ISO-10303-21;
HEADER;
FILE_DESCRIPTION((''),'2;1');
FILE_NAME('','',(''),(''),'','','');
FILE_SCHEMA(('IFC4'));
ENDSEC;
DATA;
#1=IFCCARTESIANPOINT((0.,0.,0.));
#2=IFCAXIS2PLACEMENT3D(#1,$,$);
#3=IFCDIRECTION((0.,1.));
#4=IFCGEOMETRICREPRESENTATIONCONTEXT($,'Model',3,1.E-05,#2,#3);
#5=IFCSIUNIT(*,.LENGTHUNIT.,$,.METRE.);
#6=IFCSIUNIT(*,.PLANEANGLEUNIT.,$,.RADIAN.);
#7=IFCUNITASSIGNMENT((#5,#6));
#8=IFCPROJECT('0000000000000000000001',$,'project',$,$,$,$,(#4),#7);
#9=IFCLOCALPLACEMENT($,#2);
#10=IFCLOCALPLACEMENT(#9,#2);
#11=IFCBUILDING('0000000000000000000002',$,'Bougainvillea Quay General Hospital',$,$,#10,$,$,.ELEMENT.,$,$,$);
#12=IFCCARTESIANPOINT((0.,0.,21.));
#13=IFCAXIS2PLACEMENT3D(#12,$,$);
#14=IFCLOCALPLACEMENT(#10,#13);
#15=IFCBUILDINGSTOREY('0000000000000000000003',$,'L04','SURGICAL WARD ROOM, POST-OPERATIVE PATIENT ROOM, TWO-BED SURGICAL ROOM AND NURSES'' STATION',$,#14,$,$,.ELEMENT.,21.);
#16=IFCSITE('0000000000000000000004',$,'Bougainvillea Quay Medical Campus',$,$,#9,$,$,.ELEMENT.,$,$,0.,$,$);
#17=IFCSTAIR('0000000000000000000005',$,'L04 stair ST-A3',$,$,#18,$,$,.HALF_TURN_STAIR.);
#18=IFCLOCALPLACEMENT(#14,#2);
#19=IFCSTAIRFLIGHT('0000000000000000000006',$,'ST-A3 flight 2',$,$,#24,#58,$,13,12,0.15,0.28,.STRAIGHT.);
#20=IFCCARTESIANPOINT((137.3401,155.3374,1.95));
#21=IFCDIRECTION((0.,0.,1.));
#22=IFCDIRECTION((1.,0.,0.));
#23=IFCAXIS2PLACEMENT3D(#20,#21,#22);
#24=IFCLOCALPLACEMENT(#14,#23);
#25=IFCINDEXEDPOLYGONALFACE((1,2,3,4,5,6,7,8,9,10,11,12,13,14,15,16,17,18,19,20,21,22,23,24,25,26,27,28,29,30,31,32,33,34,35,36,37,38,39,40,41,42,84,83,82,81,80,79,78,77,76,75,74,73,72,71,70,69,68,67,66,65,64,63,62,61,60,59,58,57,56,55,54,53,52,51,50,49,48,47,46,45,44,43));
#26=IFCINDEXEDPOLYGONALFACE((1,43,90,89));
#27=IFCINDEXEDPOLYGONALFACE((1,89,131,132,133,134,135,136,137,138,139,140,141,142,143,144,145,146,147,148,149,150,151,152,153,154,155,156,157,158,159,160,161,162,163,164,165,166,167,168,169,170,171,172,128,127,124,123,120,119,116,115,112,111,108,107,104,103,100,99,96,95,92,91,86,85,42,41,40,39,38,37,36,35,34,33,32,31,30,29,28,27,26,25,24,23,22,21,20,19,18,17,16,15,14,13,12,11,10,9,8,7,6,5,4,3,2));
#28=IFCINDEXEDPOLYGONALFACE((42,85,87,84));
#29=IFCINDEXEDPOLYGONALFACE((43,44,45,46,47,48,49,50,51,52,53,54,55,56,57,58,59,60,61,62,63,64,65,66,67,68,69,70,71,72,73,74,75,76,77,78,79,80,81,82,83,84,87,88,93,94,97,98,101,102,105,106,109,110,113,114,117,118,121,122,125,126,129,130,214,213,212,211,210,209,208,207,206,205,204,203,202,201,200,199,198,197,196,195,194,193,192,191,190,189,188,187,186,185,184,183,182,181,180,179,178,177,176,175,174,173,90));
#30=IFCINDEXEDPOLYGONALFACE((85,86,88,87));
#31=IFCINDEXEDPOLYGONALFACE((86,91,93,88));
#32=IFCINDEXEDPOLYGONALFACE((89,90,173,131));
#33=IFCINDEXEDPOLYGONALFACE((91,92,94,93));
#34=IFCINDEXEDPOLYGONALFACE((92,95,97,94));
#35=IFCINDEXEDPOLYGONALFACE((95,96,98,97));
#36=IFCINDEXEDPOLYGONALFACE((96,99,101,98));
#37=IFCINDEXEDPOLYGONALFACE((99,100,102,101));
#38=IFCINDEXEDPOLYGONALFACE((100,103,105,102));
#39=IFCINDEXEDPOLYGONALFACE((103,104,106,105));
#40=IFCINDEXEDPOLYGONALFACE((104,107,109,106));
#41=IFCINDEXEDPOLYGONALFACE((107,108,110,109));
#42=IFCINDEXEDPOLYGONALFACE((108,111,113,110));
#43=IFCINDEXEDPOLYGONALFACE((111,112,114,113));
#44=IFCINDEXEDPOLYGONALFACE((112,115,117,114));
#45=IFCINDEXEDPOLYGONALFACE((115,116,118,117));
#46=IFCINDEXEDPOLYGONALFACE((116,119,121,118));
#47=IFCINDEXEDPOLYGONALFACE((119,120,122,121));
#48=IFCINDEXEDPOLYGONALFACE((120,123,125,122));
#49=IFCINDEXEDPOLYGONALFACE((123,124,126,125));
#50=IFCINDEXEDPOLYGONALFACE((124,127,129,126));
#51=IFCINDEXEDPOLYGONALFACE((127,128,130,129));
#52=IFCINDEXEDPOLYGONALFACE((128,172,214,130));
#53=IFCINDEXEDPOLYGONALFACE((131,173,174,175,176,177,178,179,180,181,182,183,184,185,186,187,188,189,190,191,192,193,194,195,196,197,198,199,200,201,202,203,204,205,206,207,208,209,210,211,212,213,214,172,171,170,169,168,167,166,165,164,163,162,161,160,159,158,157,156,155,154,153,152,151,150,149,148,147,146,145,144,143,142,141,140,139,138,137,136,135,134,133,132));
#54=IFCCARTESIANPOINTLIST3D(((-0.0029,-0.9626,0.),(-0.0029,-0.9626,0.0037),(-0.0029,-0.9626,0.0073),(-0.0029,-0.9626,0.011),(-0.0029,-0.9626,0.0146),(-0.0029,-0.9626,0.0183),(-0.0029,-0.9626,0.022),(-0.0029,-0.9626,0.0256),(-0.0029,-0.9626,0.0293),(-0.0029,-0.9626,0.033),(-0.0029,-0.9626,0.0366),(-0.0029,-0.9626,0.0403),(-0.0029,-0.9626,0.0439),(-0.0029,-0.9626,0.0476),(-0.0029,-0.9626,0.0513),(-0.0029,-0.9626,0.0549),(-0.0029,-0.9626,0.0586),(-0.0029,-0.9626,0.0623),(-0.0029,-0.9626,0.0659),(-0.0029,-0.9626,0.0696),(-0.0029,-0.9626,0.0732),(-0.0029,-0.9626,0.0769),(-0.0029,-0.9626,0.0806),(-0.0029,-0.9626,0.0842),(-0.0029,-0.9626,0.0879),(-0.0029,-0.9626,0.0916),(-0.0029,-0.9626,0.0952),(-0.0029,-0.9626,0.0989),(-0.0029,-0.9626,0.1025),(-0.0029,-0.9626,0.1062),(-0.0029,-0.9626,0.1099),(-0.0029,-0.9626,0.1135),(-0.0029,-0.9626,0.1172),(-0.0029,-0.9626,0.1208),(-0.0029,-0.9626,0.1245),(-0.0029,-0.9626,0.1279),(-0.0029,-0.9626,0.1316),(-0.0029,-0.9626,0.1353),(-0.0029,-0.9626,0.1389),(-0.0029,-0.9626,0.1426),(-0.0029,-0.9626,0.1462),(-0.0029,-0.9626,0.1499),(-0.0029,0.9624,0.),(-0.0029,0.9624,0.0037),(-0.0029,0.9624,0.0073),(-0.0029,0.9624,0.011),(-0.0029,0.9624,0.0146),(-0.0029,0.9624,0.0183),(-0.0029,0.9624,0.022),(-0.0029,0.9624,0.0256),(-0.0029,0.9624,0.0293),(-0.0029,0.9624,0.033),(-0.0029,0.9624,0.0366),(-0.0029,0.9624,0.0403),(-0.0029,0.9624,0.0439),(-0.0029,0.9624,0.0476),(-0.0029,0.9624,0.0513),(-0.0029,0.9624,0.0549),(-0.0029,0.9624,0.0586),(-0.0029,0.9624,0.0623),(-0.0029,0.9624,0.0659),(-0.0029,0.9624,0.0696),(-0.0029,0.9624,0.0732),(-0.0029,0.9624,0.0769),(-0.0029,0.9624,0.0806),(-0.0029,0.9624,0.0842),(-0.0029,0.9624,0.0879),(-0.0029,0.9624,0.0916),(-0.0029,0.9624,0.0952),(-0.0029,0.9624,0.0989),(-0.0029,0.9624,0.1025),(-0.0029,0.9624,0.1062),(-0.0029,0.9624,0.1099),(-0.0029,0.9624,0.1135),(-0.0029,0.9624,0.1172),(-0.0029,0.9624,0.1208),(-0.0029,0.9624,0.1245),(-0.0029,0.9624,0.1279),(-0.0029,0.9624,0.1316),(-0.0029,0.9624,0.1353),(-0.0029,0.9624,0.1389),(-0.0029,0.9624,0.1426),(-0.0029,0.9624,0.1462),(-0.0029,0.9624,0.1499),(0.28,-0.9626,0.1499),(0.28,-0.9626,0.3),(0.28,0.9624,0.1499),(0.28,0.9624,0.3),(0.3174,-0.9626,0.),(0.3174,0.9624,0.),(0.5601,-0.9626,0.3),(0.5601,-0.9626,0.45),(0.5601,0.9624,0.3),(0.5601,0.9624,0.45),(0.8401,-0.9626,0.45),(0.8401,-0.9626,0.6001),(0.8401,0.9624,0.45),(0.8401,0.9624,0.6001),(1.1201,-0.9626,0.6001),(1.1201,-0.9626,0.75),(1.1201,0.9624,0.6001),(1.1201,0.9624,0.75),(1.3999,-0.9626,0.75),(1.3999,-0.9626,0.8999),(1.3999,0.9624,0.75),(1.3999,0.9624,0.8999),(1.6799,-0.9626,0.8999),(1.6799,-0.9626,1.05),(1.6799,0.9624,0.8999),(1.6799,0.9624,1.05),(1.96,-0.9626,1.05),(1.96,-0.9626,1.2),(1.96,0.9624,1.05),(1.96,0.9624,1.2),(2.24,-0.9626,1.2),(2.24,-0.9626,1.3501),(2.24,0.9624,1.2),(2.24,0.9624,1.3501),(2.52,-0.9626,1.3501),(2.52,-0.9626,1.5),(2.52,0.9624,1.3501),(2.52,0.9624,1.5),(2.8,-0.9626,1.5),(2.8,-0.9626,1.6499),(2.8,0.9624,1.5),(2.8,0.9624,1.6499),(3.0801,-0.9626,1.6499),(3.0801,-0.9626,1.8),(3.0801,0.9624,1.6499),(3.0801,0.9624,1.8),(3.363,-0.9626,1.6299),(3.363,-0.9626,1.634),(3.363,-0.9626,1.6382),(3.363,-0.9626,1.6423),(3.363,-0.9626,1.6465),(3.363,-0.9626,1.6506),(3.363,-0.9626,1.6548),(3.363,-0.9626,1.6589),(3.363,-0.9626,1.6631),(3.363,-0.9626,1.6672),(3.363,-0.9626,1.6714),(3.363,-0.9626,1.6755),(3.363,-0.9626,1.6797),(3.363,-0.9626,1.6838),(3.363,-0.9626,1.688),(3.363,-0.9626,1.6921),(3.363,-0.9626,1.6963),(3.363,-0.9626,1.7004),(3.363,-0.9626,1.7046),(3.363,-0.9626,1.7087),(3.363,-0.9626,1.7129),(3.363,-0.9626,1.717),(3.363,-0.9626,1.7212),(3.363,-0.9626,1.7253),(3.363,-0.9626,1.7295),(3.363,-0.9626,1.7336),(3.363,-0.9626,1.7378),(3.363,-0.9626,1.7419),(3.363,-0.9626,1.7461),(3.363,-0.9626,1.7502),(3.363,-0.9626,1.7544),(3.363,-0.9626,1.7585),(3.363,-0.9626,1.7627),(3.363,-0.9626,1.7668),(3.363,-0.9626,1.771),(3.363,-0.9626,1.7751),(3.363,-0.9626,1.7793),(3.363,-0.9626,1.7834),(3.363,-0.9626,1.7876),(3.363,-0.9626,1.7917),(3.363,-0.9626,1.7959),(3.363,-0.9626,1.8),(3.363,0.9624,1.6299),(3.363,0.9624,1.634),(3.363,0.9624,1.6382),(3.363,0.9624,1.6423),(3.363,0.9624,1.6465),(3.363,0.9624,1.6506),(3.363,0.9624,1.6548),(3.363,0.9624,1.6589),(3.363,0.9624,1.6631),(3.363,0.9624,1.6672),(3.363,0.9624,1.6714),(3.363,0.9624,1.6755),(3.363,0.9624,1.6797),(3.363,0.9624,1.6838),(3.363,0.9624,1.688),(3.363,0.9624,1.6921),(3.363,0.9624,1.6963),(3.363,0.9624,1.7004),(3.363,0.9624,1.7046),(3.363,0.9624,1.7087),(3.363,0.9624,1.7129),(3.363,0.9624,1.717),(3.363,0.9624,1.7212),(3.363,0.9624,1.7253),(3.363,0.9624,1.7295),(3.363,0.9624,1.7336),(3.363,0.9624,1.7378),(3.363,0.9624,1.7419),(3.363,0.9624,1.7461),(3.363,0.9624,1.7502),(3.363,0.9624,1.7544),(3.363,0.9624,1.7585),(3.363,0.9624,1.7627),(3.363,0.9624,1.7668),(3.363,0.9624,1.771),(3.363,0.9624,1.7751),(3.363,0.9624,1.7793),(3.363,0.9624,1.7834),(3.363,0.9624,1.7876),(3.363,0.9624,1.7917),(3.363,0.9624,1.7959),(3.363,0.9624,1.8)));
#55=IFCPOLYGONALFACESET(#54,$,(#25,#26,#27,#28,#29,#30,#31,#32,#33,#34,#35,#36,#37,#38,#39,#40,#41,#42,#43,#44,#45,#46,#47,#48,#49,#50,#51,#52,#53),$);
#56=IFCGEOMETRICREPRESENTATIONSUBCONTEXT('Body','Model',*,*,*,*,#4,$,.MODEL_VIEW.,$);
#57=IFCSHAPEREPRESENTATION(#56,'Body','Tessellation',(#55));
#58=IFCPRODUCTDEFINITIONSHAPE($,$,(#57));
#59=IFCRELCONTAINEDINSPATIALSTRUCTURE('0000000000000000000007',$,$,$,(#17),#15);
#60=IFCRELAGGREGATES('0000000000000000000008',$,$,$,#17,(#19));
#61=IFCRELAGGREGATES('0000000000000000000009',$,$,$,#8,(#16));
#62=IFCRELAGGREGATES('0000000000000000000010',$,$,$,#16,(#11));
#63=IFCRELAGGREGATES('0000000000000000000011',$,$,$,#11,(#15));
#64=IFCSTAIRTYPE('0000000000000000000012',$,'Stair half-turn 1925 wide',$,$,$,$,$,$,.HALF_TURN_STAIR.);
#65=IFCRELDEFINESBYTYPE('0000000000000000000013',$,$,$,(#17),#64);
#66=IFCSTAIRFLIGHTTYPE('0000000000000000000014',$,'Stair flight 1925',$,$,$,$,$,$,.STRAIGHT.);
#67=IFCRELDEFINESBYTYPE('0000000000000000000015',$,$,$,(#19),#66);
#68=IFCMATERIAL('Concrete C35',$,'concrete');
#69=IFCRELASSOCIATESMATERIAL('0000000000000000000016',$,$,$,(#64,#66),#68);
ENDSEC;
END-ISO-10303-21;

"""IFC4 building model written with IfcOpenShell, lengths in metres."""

from ifc_helpers import new_model, si_unit, direction, frame, origin, place, context, subcontext, project, spatial, polyline, outline, extrude, material, type_object, element, aggregate, save


model = new_model("IFC4")

# Units and contexts
model_context = context("Model", 3, precision=1e-05, world=origin(), true_north=direction((0.0, 1.0)))
body_context = subcontext(model_context, "Body", "Model", "MODEL_VIEW")
ifc_project = project(units=[si_unit("LENGTHUNIT", "METRE"), si_unit("PLANEANGLEUNIT", "RADIAN")], contexts=[model_context])

# Site, building, storey
site_placement = place(None, origin())
site = spatial("IfcSite", under=ifc_project, at=site_placement, Name="Bougainvillea Quay Medical Campus", CompositionType="ELEMENT", RefElevation=0.0)
building_placement = place(site_placement, origin())
building = spatial("IfcBuilding", under=site, at=building_placement, Name="Bougainvillea Quay General Hospital", CompositionType="ELEMENT")
storey_placement = place(building_placement, frame((0.0, 0.0, 21.0)))
storey = spatial("IfcBuildingStorey", under=building, at=storey_placement, Name="L04", Description="SURGICAL WARD ROOM, POST-OPERATIVE PATIENT ROOM, TWO-BED SURGICAL ROOM AND NURSES' STATION", CompositionType="ELEMENT", Elevation=21.0)

# Stair, stair flight
ifc_material_1 = material(Name="Concrete C35", Category="concrete")
stair_type = type_object("IfcStairType", Name="Stair half-turn 1925 wide", PredefinedType="HALF_TURN_STAIR", material=ifc_material_1)
stair_placement = place(storey_placement, origin())
stair = element("IfcStair", 1, at=stair_placement, inside=storey, type_object=stair_type, Name="L04 stair ST-A3", PredefinedType="HALF_TURN_STAIR")
stair_flight_type = type_object("IfcStairFlightType", Name="Stair flight 1925", PredefinedType="STRAIGHT", material=ifc_material_1)
stair_flight_1_placement = place(storey_placement, frame((137.3401, 155.3374, 1.95), z_axis=(0.0, 0.0, 1.0), x_axis=(1.0, 0.0, 0.0)))
stair_flight_1 = element("IfcStairFlight", 2, at=stair_flight_1_placement, type_object=stair_flight_type, Name="ST-A3 flight 2", NumberOfRisers=13, NumberOfTreads=12, PredefinedType="STRAIGHT", RiserHeight=0.15, TreadLength=0.28, context=body_context, shape_type="SweptSolid", body=[
    extrude(outline(polyline([(-0.0029, 0.0), (-0.0029, 0.0037), (-0.0029, 0.0073), (-0.0029, 0.011), (-0.0029, 0.0146), (-0.0029, 0.0183), (-0.0029, 0.022), (-0.0029, 0.0256), (-0.0029, 0.0293), (-0.0029, 0.033), (-0.0029, 0.0366), (-0.0029, 0.0403), (-0.0029, 0.0439), (-0.0029, 0.0476), (-0.0029, 0.0513), (-0.0029, 0.0549), (-0.0029, 0.0586), (-0.0029, 0.0623), (-0.0029, 0.0659), (-0.0029, 0.0696), (-0.0029, 0.0732), (-0.0029, 0.0769), (-0.0029, 0.0806), (-0.0029, 0.0842), (-0.0029, 0.0879), (-0.0029, 0.0916), (-0.0029, 0.0952), (-0.0029, 0.0989), (-0.0029, 0.1025), (-0.0029, 0.1062), (-0.0029, 0.1099), (-0.0029, 0.1135), (-0.0029, 0.1172), (-0.0029, 0.1208), (-0.0029, 0.1245), (-0.0029, 0.1279), (-0.0029, 0.1316), (-0.0029, 0.1353), (-0.0029, 0.1389), (-0.0029, 0.1426), (-0.0029, 0.1462), (-0.0029, 0.1499), (0.28, 0.1499), (0.28, 0.3), (0.5601, 0.3), (0.5601, 0.45), (0.8401, 0.45), (0.8401, 0.6001), (1.1201, 0.6001), (1.1201, 0.75), (1.3999, 0.75), (1.3999, 0.8999), (1.6799, 0.8999), (1.6799, 1.05), (1.96, 1.05), (1.96, 1.2), (2.24, 1.2), (2.24, 1.3501), (2.52, 1.3501), (2.52, 1.5), (2.8, 1.5), (2.8, 1.6499), (3.0801, 1.6499), (3.0801, 1.8), (3.363, 1.8), (3.363, 1.7959), (3.363, 1.7917), (3.363, 1.7876), (3.363, 1.7834), (3.363, 1.7793), (3.363, 1.7751), (3.363, 1.771), (3.363, 1.7668), (3.363, 1.7627), (3.363, 1.7585), (3.363, 1.7544), (3.363, 1.7502), (3.363, 1.7461), (3.363, 1.7419), (3.363, 1.7378), (3.363, 1.7336), (3.363, 1.7295), (3.363, 1.7253), (3.363, 1.7212), (3.363, 1.717), (3.363, 1.7129), (3.363, 1.7087), (3.363, 1.7046), (3.363, 1.7004), (3.363, 1.6963), (3.363, 1.6921), (3.363, 1.688), (3.363, 1.6838), (3.363, 1.6797), (3.363, 1.6755), (3.363, 1.6714), (3.363, 1.6672), (3.363, 1.6631), (3.363, 1.6589), (3.363, 1.6548), (3.363, 1.6506), (3.363, 1.6465), (3.363, 1.6423), (3.363, 1.6382), (3.363, 1.634), (3.363, 1.6299), (0.3174, 0.0), (-0.0029, 0.0)])), frame((0.0, 0.9624, 0.0), z_axis=(0.0, -1.0, 0.0), x_axis=(1.0, 0.0, 0.0)), (0.0, 0.0, 1.0), 1.925),
])
aggregate(stair, [stair_flight_1])

save(model, "model.ifc")
